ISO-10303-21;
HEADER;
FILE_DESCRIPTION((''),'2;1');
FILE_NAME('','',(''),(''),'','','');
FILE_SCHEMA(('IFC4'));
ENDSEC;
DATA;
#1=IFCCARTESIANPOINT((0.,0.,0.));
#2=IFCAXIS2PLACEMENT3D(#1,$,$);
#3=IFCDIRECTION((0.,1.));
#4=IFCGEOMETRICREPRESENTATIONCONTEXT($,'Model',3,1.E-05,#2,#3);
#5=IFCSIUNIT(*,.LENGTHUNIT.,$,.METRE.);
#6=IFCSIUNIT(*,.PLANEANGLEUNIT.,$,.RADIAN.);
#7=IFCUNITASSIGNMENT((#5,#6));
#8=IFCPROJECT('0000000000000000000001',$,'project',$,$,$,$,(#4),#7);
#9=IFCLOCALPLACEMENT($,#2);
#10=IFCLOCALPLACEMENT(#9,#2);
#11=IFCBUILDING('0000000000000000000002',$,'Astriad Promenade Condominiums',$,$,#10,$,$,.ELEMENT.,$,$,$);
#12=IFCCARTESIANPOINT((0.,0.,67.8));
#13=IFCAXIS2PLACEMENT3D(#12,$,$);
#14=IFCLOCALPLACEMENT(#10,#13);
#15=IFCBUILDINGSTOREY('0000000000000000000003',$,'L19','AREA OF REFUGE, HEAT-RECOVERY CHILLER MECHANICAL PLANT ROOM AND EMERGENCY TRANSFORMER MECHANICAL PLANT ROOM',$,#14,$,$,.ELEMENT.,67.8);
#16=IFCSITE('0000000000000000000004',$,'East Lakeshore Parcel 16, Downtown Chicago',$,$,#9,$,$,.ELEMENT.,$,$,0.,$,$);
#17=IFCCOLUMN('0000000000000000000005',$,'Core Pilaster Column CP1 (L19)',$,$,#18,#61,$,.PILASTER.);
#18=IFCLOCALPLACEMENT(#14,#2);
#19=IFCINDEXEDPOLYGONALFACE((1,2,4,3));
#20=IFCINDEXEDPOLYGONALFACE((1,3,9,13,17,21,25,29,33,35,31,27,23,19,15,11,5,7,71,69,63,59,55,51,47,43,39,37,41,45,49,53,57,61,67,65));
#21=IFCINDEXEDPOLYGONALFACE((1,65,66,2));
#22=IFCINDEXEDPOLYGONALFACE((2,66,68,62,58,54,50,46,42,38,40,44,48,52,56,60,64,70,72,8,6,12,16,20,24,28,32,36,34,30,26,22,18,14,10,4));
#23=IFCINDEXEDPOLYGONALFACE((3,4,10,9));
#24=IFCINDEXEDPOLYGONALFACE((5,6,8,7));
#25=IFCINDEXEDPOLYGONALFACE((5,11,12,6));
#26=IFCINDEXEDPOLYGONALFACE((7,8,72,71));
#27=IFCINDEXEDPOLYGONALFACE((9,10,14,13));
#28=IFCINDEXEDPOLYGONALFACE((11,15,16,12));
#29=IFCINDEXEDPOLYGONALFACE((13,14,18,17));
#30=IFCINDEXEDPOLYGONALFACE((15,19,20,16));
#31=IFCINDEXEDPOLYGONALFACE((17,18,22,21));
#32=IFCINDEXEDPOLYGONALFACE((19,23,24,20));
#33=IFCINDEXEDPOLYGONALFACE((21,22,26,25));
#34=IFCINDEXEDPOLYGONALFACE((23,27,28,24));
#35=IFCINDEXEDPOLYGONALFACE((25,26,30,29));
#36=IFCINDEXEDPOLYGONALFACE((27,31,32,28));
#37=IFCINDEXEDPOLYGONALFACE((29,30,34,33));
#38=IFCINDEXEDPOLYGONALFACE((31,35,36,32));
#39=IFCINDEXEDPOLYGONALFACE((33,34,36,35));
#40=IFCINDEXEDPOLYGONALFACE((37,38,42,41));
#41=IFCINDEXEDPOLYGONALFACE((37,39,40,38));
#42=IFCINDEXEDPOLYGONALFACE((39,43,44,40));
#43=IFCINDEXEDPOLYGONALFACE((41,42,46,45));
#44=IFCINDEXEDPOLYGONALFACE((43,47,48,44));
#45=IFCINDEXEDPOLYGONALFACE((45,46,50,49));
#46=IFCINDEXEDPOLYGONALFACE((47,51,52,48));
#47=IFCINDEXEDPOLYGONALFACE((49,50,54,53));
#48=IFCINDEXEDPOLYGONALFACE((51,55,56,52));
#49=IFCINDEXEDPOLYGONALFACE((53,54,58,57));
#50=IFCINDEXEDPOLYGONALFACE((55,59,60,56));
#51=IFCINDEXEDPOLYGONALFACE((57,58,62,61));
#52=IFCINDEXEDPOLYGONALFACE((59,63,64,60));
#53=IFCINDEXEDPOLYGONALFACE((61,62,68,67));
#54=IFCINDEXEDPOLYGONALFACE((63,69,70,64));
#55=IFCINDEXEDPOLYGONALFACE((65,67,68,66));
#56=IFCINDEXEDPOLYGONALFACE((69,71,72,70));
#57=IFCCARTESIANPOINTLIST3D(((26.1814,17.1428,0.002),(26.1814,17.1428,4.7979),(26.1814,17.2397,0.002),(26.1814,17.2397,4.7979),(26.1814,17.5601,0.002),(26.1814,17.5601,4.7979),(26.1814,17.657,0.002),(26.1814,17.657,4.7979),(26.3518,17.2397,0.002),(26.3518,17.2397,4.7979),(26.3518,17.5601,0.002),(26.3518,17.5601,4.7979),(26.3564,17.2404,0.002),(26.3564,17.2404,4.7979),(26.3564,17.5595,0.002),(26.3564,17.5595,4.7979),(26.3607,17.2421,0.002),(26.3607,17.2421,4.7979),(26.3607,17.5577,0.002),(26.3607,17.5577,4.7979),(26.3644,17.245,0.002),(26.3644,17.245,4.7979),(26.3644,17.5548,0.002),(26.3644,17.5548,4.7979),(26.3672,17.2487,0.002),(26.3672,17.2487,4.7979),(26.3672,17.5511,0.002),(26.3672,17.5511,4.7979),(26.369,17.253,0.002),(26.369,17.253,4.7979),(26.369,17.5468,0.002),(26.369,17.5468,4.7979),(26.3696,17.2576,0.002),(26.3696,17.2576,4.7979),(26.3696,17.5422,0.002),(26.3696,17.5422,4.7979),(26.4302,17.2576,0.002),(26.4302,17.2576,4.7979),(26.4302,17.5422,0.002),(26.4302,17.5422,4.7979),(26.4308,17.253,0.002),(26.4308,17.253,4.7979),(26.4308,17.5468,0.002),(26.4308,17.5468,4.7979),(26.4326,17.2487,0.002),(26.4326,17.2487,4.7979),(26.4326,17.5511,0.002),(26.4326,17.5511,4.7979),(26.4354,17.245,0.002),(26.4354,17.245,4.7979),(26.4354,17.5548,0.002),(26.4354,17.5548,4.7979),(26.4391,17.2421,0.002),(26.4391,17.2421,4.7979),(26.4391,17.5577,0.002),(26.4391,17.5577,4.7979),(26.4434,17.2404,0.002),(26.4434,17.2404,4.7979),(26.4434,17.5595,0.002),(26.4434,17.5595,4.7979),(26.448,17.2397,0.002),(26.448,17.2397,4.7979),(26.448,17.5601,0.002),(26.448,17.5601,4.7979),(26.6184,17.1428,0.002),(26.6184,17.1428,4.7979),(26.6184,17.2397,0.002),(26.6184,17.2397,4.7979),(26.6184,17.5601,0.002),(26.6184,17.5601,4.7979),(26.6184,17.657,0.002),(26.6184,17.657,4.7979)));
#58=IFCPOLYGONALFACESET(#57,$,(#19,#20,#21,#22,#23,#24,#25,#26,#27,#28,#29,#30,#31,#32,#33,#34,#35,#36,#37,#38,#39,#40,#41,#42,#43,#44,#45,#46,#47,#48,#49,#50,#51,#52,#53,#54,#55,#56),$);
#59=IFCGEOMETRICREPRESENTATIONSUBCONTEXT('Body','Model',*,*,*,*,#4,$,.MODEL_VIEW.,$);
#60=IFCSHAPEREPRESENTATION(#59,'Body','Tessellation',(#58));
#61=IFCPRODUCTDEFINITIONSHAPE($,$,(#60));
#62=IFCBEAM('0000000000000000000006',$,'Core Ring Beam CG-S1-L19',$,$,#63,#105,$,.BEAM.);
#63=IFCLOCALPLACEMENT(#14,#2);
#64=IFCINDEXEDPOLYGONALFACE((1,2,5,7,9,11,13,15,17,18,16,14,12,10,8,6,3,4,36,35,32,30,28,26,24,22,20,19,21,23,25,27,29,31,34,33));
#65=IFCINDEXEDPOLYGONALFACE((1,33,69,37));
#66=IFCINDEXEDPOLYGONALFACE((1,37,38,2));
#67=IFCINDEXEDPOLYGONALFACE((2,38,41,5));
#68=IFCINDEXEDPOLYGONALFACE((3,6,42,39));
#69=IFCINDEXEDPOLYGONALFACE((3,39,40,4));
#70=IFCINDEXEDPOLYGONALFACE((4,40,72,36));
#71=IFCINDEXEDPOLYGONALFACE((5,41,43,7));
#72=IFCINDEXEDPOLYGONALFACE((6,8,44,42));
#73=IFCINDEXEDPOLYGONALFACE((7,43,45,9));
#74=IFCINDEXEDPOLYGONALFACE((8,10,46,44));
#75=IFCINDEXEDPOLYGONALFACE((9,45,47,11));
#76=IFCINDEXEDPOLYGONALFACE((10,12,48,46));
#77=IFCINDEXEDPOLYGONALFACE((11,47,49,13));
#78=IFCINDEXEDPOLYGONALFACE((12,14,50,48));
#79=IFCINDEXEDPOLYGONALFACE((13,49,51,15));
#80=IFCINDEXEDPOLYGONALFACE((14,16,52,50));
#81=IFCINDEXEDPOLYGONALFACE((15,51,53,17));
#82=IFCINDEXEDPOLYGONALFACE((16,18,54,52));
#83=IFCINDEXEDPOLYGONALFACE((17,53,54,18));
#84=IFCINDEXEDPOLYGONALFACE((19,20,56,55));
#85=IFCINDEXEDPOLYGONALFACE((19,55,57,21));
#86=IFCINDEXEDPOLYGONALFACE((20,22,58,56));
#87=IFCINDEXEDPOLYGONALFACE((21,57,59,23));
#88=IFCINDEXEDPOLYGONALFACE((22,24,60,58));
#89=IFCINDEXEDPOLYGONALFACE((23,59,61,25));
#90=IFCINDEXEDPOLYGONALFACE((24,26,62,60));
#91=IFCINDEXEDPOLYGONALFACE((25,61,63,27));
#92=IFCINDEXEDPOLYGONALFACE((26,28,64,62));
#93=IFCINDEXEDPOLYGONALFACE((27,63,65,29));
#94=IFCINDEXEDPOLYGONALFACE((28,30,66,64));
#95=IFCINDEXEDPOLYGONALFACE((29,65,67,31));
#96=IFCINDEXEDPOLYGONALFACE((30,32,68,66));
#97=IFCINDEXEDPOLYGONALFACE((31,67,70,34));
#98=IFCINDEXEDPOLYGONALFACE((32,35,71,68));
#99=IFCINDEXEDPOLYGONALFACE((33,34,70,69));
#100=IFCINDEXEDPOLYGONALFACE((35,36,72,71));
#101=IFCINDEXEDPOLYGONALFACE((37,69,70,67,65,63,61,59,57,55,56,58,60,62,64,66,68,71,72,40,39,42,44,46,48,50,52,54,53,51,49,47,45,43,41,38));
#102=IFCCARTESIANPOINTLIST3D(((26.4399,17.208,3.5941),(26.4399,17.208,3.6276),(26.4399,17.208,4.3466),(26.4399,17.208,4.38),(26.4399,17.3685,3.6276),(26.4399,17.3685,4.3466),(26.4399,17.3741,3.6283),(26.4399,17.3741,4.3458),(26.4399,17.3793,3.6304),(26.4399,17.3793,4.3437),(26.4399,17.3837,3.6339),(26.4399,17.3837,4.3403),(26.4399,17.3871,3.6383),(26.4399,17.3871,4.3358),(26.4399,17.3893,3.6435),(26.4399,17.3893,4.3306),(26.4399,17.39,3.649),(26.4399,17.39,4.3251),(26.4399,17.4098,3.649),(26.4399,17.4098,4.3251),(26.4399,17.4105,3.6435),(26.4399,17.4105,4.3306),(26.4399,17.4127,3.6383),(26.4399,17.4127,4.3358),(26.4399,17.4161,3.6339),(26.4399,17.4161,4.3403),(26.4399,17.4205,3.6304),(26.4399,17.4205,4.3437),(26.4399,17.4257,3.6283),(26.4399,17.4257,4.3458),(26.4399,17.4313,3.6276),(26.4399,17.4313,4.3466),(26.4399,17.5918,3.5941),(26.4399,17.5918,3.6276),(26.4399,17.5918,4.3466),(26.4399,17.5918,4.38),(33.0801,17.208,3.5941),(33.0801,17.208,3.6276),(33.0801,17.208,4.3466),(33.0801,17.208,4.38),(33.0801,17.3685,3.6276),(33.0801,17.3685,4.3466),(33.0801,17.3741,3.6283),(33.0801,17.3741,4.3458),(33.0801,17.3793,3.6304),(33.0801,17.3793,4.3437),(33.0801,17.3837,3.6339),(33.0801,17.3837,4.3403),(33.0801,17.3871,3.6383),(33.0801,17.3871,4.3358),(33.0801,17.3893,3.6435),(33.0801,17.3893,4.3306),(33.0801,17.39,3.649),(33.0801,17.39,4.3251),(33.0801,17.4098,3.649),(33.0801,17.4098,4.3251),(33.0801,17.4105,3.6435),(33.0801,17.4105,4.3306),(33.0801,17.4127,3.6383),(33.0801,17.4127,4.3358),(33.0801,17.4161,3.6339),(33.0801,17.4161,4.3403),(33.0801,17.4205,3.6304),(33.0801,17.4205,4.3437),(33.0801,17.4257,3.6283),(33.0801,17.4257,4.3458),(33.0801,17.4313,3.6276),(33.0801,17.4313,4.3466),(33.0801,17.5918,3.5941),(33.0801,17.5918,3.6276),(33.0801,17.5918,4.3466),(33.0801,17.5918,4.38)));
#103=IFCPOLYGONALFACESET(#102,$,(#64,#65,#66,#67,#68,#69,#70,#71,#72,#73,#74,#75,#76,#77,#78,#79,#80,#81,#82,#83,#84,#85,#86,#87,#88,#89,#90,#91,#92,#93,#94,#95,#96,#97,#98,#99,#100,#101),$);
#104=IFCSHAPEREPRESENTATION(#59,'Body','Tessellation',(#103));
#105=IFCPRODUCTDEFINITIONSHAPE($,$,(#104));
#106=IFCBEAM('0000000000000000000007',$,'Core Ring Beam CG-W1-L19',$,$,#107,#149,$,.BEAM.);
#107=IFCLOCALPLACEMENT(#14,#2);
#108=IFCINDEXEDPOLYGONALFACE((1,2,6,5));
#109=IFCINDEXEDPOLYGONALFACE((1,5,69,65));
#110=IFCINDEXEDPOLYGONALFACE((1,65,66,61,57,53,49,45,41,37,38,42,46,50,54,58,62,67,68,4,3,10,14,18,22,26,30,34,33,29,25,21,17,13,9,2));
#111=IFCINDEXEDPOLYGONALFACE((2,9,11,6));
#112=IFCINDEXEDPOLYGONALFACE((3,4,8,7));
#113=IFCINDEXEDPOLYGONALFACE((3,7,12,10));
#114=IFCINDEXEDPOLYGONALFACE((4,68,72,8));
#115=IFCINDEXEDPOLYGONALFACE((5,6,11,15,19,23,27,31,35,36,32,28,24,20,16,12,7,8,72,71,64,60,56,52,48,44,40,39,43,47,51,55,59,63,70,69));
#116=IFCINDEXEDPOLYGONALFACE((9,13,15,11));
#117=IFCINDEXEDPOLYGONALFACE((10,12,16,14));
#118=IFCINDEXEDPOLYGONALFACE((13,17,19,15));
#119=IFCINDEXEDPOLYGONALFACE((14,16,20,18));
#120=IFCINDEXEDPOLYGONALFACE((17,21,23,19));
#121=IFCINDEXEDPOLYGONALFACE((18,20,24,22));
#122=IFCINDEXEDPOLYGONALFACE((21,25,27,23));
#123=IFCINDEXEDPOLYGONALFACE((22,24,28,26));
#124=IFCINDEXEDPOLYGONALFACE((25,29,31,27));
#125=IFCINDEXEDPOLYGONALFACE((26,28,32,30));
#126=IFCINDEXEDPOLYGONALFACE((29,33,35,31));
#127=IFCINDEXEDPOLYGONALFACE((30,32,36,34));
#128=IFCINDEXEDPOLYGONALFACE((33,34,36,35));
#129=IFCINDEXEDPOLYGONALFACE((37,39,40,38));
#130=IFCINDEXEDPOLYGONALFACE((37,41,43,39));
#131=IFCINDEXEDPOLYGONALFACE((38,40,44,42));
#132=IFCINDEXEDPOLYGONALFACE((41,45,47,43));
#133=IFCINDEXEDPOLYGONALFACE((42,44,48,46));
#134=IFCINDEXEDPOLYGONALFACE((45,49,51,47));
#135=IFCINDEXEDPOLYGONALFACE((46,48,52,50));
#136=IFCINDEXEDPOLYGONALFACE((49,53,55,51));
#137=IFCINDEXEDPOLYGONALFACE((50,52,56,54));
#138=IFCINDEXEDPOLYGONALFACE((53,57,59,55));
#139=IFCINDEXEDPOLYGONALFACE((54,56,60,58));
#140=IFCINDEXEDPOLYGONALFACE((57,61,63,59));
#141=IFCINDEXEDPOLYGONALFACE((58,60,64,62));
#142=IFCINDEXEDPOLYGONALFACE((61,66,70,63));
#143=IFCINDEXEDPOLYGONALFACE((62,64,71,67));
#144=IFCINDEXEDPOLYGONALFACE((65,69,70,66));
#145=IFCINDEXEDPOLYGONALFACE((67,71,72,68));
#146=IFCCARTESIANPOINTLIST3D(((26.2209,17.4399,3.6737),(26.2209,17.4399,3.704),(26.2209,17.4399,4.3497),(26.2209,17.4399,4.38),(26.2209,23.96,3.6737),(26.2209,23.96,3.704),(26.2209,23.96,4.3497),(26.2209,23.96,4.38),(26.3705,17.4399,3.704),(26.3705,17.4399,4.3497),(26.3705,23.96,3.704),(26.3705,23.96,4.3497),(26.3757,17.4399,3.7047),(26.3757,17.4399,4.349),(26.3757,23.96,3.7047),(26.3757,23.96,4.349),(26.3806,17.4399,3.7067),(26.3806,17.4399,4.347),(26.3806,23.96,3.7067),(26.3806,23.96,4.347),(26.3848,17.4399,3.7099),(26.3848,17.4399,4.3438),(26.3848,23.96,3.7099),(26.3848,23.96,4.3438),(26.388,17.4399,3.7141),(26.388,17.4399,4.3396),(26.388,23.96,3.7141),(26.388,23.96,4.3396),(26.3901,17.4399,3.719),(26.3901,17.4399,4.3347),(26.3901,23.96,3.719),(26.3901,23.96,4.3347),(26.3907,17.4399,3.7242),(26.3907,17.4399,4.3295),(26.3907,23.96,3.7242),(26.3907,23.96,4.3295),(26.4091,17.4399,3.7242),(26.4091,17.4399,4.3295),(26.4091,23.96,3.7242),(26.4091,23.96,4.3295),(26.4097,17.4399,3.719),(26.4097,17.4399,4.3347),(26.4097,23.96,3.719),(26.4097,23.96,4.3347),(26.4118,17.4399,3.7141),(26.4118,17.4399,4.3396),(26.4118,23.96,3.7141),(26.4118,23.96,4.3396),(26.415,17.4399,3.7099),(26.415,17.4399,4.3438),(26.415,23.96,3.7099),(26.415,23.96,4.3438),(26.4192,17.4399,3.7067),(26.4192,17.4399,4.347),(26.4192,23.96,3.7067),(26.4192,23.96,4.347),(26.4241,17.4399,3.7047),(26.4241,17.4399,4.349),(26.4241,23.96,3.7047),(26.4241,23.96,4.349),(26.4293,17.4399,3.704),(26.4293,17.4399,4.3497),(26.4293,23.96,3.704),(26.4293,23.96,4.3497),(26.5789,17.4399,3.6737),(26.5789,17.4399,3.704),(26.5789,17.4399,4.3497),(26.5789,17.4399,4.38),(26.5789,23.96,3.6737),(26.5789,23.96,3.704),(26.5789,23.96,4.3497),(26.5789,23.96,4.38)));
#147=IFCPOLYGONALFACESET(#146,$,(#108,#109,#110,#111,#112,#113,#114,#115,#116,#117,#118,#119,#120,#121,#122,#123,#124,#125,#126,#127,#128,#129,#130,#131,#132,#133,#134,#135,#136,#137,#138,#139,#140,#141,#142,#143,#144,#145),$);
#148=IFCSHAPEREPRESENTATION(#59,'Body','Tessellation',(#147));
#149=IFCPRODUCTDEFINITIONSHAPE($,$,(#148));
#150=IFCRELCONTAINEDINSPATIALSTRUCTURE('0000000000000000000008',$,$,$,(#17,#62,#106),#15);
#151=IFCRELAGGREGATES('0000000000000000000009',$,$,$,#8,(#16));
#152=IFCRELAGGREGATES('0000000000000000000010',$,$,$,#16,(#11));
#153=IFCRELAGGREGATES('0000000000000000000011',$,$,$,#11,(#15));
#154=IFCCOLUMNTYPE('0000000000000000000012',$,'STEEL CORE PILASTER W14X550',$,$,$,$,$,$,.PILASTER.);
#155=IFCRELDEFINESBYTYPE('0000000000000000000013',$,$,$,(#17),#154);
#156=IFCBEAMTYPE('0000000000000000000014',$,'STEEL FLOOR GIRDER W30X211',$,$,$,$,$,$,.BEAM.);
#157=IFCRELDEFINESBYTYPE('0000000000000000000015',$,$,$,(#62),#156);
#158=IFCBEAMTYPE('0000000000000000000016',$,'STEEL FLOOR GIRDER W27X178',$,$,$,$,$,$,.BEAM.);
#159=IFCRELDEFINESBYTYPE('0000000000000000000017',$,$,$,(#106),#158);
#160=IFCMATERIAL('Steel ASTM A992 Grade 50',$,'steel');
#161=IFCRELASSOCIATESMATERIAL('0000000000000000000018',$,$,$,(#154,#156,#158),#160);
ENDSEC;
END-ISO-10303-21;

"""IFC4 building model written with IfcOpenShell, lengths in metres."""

from ifc_helpers import new_model, si_unit, direction, frame, origin, origin_2d, place, context, subcontext, project, spatial, i_section, extrude, source, transform, mapped, material, material_profile, profile_set, type_object, type_shapes, element, save


model = new_model("IFC4")

# Units and contexts
model_context = context("Model", 3, precision=1e-05, world=origin(), true_north=direction((0.0, 1.0)))
body_context = subcontext(model_context, "Body", "Model", "MODEL_VIEW")
ifc_project = project(units=[si_unit("LENGTHUNIT", "METRE"), si_unit("PLANEANGLEUNIT", "RADIAN")], contexts=[model_context])

# Site, building, storey
site_placement = place(None, origin())
site = spatial("IfcSite", under=ifc_project, at=site_placement, Name="East Lakeshore Parcel 16, Downtown Chicago", CompositionType="ELEMENT", RefElevation=0.0)
building_placement = place(site_placement, origin())
building = spatial("IfcBuilding", under=site, at=building_placement, Name="Astriad Promenade Condominiums", CompositionType="ELEMENT")
storey_placement = place(building_placement, frame((0.0, 0.0, 67.8)))
storey = spatial("IfcBuildingStorey", under=building, at=storey_placement, Name="L19", Description="AREA OF REFUGE, HEAT-RECOVERY CHILLER MECHANICAL PLANT ROOM AND EMERGENCY TRANSFORMER MECHANICAL PLANT ROOM", CompositionType="ELEMENT", Elevation=67.8)

# Column
ifc_material_1 = material(Name="Steel ASTM A992 Grade 50", Category="steel")
ifc_material_profile_1 = material_profile(ifc_material_1, i_section(OverallWidth=0.437, OverallDepth=0.5142, WebThickness=0.0605, FlangeThickness=0.0969, FilletRadius=0.0178, at=origin_2d()), Name="W14X550")
ifc_profile_set_1 = profile_set([ifc_material_profile_1], Name="Steel ASTM A992 Grade 50")
column_type = type_object("IfcColumnType", Name="STEEL CORE PILASTER W14X550", PredefinedType="PILASTER", material=ifc_profile_set_1)
shared_shape_1 = source(origin(), body_context, "Body", "SweptSolid", [
    extrude(i_section(OverallWidth=0.437, OverallDepth=0.5142, WebThickness=0.0605, FlangeThickness=0.0969, FilletRadius=0.0178, at=origin_2d()), origin(), (0.0, 0.0, 1.0), 4.7959),
])
type_shapes(column_type, [shared_shape_1])
column_placement = place(storey_placement, frame((26.3999, 17.3999, 0.002), z_axis=(0.0, 0.0, 1.0), x_axis=(1.0, 0.0, 0.0)))
element("IfcColumn", 1, at=column_placement, inside=storey, type_object=column_type, Name="Core Pilaster Column CP1 (L19)", PredefinedType="PILASTER", context=body_context, shape_type="MappedRepresentation", body=[
    mapped(shared_shape_1, transform((0.0, 0.0, 0.0), scale=1.0)),
])

# Beams
ifc_material_profile_2 = material_profile(ifc_material_1, i_section(OverallWidth=0.3838, OverallDepth=0.7859, WebThickness=0.0198, FlangeThickness=0.0334, FilletRadius=0.0215, at=origin_2d()), Name="W30X211")
ifc_profile_set_2 = profile_set([ifc_material_profile_2], Name="Steel ASTM A992 Grade 50")
beam_type_1 = type_object("IfcBeamType", Name="STEEL FLOOR GIRDER W30X211", PredefinedType="BEAM", material=ifc_profile_set_2)
shared_shape_2 = source(origin(), body_context, "Body", "SweptSolid", [
    extrude(i_section(OverallWidth=0.3838, OverallDepth=0.7859, WebThickness=0.0198, FlangeThickness=0.0334, FilletRadius=0.0215, at=origin_2d()), origin(), (0.0, 0.0, 1.0), 6.6401),
])
type_shapes(beam_type_1, [shared_shape_2])
beam_1_placement = place(storey_placement, frame((26.4399, 17.3999, 3.9871), z_axis=(1.0, 0.0, 0.0), x_axis=(0.0, 1.0, 0.0)))
element("IfcBeam", 2, at=beam_1_placement, inside=storey, type_object=beam_type_1, Name="Core Ring Beam CG-S1-L19", PredefinedType="BEAM", context=body_context, shape_type="MappedRepresentation", body=[
    mapped(shared_shape_2, transform((0.0, 0.0, 0.0), scale=1.0)),
])
ifc_material_profile_3 = material_profile(ifc_material_1, i_section(OverallWidth=0.3579, OverallDepth=0.7063, WebThickness=0.0183, FlangeThickness=0.0303, FilletRadius=0.0203, at=origin_2d()), Name="W27X178")
ifc_profile_set_3 = profile_set([ifc_material_profile_3], Name="Steel ASTM A992 Grade 50")
beam_type_2 = type_object("IfcBeamType", Name="STEEL FLOOR GIRDER W27X178", PredefinedType="BEAM", material=ifc_profile_set_3)
shared_shape_3 = source(origin(), body_context, "Body", "SweptSolid", [
    extrude(i_section(OverallWidth=0.3579, OverallDepth=0.7063, WebThickness=0.0183, FlangeThickness=0.0303, FilletRadius=0.0203, at=origin_2d()), origin(), (0.0, 0.0, 1.0), 6.52),
])
type_shapes(beam_type_2, [shared_shape_3])
beam_2_placement = place(storey_placement, frame((26.3999, 17.4399, 4.0269), z_axis=(0.0, 1.0, 0.0), x_axis=(-1.0, 0.0, 0.0)))
element("IfcBeam", 3, at=beam_2_placement, inside=storey, type_object=beam_type_2, Name="Core Ring Beam CG-W1-L19", PredefinedType="BEAM", context=body_context, shape_type="MappedRepresentation", body=[
    mapped(shared_shape_3, transform((0.0, 0.0, 0.0), scale=1.0)),
])

save(model, "model.ifc")
